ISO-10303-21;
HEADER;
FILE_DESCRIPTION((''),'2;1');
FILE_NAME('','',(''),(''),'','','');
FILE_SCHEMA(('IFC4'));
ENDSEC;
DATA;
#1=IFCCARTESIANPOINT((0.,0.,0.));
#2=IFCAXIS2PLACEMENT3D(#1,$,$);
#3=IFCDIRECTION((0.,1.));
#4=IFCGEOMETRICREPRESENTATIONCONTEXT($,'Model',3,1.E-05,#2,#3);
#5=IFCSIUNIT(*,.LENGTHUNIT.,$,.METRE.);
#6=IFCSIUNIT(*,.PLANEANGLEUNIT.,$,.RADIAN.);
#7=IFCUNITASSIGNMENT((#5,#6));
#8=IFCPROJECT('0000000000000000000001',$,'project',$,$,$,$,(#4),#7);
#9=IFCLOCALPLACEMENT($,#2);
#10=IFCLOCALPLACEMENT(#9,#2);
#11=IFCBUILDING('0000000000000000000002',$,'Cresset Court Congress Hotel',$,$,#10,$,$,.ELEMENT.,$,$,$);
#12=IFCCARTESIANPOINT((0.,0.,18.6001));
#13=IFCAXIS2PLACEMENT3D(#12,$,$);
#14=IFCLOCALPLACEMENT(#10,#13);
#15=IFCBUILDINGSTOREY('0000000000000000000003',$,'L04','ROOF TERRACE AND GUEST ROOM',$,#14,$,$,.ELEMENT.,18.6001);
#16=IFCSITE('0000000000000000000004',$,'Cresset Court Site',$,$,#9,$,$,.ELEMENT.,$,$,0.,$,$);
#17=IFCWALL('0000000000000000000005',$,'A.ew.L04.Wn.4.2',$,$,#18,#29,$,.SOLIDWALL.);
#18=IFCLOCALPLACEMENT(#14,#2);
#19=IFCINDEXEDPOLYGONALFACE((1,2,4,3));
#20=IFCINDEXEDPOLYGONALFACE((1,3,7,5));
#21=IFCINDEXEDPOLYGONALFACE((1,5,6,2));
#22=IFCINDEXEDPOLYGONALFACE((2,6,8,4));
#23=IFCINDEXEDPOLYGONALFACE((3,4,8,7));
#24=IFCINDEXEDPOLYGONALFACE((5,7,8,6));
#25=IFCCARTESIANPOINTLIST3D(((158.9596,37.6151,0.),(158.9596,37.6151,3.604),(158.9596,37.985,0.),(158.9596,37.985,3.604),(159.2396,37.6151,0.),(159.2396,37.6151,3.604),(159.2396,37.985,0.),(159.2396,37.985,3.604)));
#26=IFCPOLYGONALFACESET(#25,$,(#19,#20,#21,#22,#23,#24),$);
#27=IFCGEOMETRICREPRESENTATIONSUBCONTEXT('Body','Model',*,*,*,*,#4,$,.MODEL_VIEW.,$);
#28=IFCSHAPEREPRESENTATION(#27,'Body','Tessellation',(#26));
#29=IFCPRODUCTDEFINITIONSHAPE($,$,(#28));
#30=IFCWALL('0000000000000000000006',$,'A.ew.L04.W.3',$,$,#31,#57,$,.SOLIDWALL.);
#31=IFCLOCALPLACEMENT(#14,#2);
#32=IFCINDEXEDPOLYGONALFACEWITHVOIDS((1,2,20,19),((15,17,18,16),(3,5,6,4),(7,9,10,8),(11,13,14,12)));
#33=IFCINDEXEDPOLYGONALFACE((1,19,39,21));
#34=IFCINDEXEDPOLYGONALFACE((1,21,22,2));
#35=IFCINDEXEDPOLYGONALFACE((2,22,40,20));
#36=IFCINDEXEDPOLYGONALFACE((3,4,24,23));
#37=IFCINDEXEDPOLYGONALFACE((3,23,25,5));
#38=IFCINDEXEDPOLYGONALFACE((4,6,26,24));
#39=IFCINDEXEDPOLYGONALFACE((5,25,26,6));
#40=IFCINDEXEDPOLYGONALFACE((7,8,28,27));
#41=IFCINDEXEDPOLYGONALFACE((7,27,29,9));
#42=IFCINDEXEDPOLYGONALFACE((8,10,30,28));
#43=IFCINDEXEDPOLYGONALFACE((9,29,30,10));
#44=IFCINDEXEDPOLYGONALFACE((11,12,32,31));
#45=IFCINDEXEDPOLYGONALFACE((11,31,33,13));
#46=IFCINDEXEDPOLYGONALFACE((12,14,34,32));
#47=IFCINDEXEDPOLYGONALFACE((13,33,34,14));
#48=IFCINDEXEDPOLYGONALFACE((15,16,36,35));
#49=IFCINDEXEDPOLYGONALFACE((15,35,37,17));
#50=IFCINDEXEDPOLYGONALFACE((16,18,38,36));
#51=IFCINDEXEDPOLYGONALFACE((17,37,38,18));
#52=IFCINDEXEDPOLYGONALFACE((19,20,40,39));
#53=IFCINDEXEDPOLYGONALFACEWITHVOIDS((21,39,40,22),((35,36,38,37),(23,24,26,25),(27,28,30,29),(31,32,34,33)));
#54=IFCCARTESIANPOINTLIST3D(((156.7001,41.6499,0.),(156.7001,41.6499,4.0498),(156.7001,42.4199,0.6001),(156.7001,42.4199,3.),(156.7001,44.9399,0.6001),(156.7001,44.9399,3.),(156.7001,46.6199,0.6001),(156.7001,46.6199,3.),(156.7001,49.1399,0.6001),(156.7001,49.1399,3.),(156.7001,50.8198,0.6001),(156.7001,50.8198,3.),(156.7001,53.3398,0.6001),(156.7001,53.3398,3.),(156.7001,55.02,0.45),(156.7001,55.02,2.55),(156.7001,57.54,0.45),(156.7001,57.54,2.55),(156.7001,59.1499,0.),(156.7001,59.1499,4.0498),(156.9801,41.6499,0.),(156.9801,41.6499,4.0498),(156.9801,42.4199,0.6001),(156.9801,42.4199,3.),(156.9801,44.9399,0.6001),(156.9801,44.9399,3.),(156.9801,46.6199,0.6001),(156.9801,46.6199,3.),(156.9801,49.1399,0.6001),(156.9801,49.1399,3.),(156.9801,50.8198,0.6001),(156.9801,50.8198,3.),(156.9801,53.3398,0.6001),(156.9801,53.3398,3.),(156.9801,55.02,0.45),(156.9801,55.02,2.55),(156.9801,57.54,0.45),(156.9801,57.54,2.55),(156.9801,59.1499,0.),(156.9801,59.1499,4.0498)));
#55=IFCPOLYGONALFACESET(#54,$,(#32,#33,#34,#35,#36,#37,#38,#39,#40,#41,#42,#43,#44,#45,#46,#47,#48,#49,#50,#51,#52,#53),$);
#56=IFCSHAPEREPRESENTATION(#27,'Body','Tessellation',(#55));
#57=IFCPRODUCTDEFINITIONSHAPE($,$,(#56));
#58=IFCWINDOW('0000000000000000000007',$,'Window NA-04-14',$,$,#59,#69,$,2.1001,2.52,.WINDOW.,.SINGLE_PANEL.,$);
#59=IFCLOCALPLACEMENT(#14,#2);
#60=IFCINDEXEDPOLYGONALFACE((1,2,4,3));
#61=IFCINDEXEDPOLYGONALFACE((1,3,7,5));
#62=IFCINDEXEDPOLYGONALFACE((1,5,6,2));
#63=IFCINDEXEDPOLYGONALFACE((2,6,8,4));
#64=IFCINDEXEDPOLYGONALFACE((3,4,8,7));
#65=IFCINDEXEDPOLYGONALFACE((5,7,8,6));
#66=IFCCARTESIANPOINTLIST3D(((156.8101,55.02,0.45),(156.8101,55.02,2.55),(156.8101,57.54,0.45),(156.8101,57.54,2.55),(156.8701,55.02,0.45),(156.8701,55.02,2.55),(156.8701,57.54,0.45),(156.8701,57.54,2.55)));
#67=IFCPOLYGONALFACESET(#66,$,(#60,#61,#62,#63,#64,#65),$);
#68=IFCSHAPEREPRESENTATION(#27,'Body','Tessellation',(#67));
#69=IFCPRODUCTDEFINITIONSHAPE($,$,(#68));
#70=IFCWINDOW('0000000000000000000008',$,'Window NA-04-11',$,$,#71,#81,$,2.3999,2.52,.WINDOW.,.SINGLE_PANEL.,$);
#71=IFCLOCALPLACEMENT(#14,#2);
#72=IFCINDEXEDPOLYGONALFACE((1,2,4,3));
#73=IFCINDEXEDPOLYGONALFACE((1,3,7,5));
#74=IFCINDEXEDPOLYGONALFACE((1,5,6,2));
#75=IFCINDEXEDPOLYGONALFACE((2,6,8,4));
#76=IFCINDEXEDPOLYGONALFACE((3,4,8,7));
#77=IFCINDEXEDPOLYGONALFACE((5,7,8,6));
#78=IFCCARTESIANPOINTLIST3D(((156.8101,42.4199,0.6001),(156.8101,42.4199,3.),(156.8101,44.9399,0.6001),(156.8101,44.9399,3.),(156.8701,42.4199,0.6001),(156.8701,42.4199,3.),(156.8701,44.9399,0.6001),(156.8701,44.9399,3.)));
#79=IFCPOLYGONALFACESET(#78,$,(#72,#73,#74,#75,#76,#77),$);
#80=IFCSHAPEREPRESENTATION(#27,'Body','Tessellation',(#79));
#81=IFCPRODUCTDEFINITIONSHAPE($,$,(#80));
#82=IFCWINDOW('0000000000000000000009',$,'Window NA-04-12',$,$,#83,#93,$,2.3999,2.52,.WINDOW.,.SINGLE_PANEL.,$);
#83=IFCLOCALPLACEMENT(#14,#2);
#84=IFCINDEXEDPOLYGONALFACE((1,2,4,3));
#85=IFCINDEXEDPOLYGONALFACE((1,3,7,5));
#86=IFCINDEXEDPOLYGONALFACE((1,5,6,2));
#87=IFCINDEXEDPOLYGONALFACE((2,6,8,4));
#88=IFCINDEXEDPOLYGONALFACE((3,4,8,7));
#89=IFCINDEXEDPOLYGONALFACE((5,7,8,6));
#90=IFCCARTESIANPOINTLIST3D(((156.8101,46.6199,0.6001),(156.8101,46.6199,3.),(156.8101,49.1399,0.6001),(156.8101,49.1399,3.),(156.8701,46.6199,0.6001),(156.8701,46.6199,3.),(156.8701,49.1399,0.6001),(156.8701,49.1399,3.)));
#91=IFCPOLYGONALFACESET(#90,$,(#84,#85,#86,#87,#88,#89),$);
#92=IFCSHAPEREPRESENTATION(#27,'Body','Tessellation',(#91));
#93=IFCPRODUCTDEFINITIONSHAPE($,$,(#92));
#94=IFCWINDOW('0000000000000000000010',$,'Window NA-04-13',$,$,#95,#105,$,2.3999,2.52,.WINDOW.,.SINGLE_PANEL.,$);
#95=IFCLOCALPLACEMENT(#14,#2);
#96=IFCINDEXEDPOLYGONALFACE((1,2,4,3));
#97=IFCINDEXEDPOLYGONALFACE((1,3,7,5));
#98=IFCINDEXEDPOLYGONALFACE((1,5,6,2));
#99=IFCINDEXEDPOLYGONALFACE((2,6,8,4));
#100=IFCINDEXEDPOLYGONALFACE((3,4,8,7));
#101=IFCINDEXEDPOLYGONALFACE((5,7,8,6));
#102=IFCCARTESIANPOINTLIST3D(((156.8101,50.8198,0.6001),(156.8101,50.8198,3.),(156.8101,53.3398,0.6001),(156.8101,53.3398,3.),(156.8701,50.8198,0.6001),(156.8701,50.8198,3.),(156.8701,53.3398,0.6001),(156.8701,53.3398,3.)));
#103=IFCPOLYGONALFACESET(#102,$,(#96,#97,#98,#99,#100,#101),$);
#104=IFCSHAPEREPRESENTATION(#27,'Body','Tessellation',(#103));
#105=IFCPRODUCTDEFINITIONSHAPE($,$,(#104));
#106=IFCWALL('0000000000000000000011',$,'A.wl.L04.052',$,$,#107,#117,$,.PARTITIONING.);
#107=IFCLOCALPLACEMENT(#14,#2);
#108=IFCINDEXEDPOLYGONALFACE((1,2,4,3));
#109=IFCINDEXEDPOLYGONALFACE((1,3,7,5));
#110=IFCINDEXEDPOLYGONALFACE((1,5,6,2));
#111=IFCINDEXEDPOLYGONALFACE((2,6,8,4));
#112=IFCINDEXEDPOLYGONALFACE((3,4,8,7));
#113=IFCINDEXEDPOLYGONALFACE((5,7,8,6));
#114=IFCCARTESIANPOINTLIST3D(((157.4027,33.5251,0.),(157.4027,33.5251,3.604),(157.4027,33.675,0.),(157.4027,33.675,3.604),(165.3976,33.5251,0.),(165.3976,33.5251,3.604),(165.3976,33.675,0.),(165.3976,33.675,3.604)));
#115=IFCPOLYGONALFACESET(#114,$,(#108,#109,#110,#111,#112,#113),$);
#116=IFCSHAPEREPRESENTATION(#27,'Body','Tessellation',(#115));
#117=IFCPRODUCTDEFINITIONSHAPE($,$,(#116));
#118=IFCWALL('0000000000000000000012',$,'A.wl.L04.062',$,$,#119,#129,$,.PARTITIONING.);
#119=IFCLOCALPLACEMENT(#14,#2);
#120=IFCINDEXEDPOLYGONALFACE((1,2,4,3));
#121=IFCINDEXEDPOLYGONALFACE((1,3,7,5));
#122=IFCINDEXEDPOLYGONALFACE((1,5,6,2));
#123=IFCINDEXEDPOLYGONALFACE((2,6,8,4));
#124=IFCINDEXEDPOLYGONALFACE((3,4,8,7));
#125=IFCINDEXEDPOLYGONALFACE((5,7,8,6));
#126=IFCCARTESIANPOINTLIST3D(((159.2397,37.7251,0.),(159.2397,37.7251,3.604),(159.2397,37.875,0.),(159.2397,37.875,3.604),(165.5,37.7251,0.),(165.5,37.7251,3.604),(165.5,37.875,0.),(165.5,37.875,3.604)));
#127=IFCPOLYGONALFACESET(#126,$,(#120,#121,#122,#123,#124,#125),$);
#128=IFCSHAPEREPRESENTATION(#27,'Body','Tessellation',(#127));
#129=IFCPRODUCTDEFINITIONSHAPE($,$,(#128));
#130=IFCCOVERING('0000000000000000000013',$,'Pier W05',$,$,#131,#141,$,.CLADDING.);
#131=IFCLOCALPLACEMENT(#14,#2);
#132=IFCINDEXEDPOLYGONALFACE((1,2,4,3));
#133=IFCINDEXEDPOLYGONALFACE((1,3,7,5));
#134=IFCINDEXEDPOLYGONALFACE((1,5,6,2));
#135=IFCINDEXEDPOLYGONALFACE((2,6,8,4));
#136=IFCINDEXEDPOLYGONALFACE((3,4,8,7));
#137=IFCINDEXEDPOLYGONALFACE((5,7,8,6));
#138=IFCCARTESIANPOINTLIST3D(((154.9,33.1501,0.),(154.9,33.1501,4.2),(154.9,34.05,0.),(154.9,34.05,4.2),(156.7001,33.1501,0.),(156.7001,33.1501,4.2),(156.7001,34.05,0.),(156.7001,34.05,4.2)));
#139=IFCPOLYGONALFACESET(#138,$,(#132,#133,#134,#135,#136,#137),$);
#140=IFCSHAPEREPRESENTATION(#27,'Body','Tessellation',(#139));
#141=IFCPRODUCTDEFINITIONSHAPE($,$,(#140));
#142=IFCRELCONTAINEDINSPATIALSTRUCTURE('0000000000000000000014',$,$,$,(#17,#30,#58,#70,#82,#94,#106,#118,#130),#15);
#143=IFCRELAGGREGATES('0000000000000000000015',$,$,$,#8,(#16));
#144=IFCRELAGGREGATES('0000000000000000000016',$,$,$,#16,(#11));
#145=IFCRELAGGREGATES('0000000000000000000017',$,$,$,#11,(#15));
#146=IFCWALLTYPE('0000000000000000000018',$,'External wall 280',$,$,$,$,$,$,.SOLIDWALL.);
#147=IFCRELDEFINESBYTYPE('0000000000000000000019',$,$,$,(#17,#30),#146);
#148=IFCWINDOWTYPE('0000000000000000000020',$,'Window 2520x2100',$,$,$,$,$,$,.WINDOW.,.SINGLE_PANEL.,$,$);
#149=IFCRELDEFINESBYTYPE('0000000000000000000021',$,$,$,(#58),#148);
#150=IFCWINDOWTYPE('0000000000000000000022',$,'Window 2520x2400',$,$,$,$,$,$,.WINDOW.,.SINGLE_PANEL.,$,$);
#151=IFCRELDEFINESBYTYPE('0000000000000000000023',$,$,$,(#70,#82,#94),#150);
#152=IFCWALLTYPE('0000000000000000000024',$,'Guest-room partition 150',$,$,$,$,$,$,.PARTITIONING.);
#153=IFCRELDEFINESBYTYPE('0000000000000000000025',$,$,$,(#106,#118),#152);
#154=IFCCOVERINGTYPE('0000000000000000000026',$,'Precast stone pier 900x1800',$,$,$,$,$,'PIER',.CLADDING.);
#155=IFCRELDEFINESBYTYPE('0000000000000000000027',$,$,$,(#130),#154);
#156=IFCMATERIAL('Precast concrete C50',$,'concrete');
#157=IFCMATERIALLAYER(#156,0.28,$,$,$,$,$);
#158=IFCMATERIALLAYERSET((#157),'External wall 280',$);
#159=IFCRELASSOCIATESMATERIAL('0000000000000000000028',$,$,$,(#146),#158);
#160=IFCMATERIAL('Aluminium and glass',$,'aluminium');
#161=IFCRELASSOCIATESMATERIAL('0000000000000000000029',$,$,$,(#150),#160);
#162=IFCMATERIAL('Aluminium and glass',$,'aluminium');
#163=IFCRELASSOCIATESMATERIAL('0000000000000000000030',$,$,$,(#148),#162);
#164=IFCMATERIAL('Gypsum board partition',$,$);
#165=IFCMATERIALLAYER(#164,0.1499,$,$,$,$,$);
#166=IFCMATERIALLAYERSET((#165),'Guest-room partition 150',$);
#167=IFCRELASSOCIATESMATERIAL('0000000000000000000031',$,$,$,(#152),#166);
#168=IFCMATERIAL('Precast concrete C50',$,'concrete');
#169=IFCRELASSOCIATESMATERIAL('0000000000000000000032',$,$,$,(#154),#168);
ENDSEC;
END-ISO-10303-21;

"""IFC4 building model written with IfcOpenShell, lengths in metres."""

from ifc_helpers import new_model, si_unit, direction, frame, frame_2d, origin, origin_2d, place, context, subcontext, project, spatial, rectangle, extrude, material, layer, layer_set, type_object, element, fill, save


model = new_model("IFC4")

# Units and contexts
model_context = context("Model", 3, precision=1e-05, world=origin(), true_north=direction((0.0, 1.0)))
body_context = subcontext(model_context, "Body", "Model", "MODEL_VIEW")
ifc_project = project(units=[si_unit("LENGTHUNIT", "METRE"), si_unit("PLANEANGLEUNIT", "RADIAN")], contexts=[model_context])

# Site, building, storey
site_placement = place(None, origin())
site = spatial("IfcSite", under=ifc_project, at=site_placement, Name="Cresset Court Site", CompositionType="ELEMENT", RefElevation=0.0)
building_placement = place(site_placement, origin())
building = spatial("IfcBuilding", under=site, at=building_placement, Name="Cresset Court Congress Hotel", CompositionType="ELEMENT")
storey_placement = place(building_placement, frame((0.0, 0.0, 18.6001)))
storey = spatial("IfcBuildingStorey", under=building, at=storey_placement, Name="L04", Description="ROOF TERRACE AND GUEST ROOM", CompositionType="ELEMENT", Elevation=18.6001)

# Shared definitions
ifc_material_1 = material(Name="Precast concrete C50", Category="concrete")
ifc_layer_1 = layer(ifc_material_1, 0.28)
ifc_layer_set_1 = layer_set([ifc_layer_1], Name="External wall 280")
wall_type_1 = type_object("IfcWallType", Name="External wall 280", PredefinedType="SOLIDWALL", material=ifc_layer_set_1)
ifc_material_2 = material(Name="Aluminium and glass", Category="aluminium")
window_type_1 = type_object("IfcWindowType", Name="Window 2520x2400", PartitioningType="SINGLE_PANEL", PredefinedType="WINDOW", material=ifc_material_2)

# Wall
wall_1_placement = place(storey_placement, frame((159.0996, 37.615, 0.0), z_axis=(0.0, 0.0, 1.0), x_axis=(0.0, 1.0, 0.0)))
element("IfcWall", 1, at=wall_1_placement, inside=storey, type_object=wall_type_1, Name="A.ew.L04.Wn.4.2", PredefinedType="SOLIDWALL", context=body_context, shape_type="SweptSolid", body=[
    extrude(rectangle(XDim=0.3699, YDim=0.28, at=frame_2d((0.1851, 0.0))), origin(), (0.0, 0.0, 1.0), 3.604),
])

# Wall, openings, windows
wall_2_placement = place(storey_placement, frame((156.8401, 41.6499, 0.0), z_axis=(0.0, 0.0, 1.0), x_axis=(0.0, 1.0, 0.0)))
wall_2 = element("IfcWall", 2, at=wall_2_placement, inside=storey, type_object=wall_type_1, Name="A.ew.L04.W.3", PredefinedType="SOLIDWALL", context=body_context, shape_type="SweptSolid", body=[
    extrude(rectangle(XDim=17.5, YDim=0.28, at=frame_2d((8.75, 0.0))), origin(), (0.0, 0.0, 1.0), 4.0498),
])
opening_1_placement = place(wall_2_placement, frame((0.77, 0.0, 0.6001)))
opening_1 = element("IfcOpeningElement", 3, at=opening_1_placement, cuts=wall_2, PredefinedType="OPENING", context=body_context, shape_type="SweptSolid", body=[
    extrude(rectangle(XDim=2.52, YDim=2.3999, at=frame_2d((1.26, 1.2))), frame((0.0, 0.1499, 0.0), z_axis=(0.0, -1.0, 0.0), x_axis=(1.0, 0.0, 0.0)), (0.0, 0.0, 1.0), 0.3),
])
opening_2_placement = place(wall_2_placement, frame((4.97, 0.0, 0.6001)))
opening_2 = element("IfcOpeningElement", 4, at=opening_2_placement, cuts=wall_2, PredefinedType="OPENING", context=body_context, shape_type="SweptSolid", body=[
    extrude(rectangle(XDim=2.52, YDim=2.3999, at=frame_2d((1.26, 1.2))), frame((0.0, 0.1499, 0.0), z_axis=(0.0, -1.0, 0.0), x_axis=(1.0, 0.0, 0.0)), (0.0, 0.0, 1.0), 0.3),
])
opening_3_placement = place(wall_2_placement, frame((9.1699, 0.0, 0.6001)))
opening_3 = element("IfcOpeningElement", 5, at=opening_3_placement, cuts=wall_2, PredefinedType="OPENING", context=body_context, shape_type="SweptSolid", body=[
    extrude(rectangle(XDim=2.52, YDim=2.3999, at=frame_2d((1.26, 1.2))), frame((0.0, 0.1499, 0.0), z_axis=(0.0, -1.0, 0.0), x_axis=(1.0, 0.0, 0.0)), (0.0, 0.0, 1.0), 0.3),
])
opening_4_placement = place(wall_2_placement, frame((13.3701, 0.0, 0.45)))
opening_4 = element("IfcOpeningElement", 6, at=opening_4_placement, cuts=wall_2, PredefinedType="OPENING", context=body_context, shape_type="SweptSolid", body=[
    extrude(rectangle(XDim=2.52, YDim=2.1001, at=frame_2d((1.26, 1.05))), frame((0.0, 0.1499, 0.0), z_axis=(0.0, -1.0, 0.0), x_axis=(1.0, 0.0, 0.0)), (0.0, 0.0, 1.0), 0.3),
])
ifc_material_3 = material(Name="Aluminium and glass", Category="aluminium")
window_type_2 = type_object("IfcWindowType", Name="Window 2520x2100", PartitioningType="SINGLE_PANEL", PredefinedType="WINDOW", material=ifc_material_3)
window_1_placement = place(opening_4_placement, origin())
window_1 = element("IfcWindow", 7, at=window_1_placement, inside=storey, type_object=window_type_2, Name="Window NA-04-14", OverallHeight=2.1001, OverallWidth=2.52, PartitioningType="SINGLE_PANEL", PredefinedType="WINDOW", context=body_context, shape_type="SweptSolid", body=[
    extrude(rectangle(XDim=2.52, YDim=2.1001, at=frame_2d((1.26, 1.05))), frame((0.0, 0.03, 0.0), z_axis=(0.0, -1.0, 0.0), x_axis=(1.0, 0.0, 0.0)), (0.0, 0.0, 1.0), 0.0601),
])
fill(opening_4, window_1)
window_2_placement = place(opening_1_placement, origin())
window_2 = element("IfcWindow", 8, at=window_2_placement, inside=storey, type_object=window_type_1, Name="Window NA-04-11", OverallHeight=2.3999, OverallWidth=2.52, PartitioningType="SINGLE_PANEL", PredefinedType="WINDOW", context=body_context, shape_type="SweptSolid", body=[
    extrude(rectangle(XDim=2.52, YDim=2.3999, at=frame_2d((1.26, 1.2))), frame((0.0, 0.03, 0.0), z_axis=(0.0, -1.0, 0.0), x_axis=(1.0, 0.0, 0.0)), (0.0, 0.0, 1.0), 0.0601),
])
fill(opening_1, window_2)
window_3_placement = place(opening_2_placement, origin())
window_3 = element("IfcWindow", 9, at=window_3_placement, inside=storey, type_object=window_type_1, Name="Window NA-04-12", OverallHeight=2.3999, OverallWidth=2.52, PartitioningType="SINGLE_PANEL", PredefinedType="WINDOW", context=body_context, shape_type="SweptSolid", body=[
    extrude(rectangle(XDim=2.52, YDim=2.3999, at=frame_2d((1.26, 1.2))), frame((0.0, 0.03, 0.0), z_axis=(0.0, -1.0, 0.0), x_axis=(1.0, 0.0, 0.0)), (0.0, 0.0, 1.0), 0.0601),
])
fill(opening_2, window_3)
window_4_placement = place(opening_3_placement, origin())
window_4 = element("IfcWindow", 10, at=window_4_placement, inside=storey, type_object=window_type_1, Name="Window NA-04-13", OverallHeight=2.3999, OverallWidth=2.52, PartitioningType="SINGLE_PANEL", PredefinedType="WINDOW", context=body_context, shape_type="SweptSolid", body=[
    extrude(rectangle(XDim=2.52, YDim=2.3999, at=frame_2d((1.26, 1.2))), frame((0.0, 0.03, 0.0), z_axis=(0.0, -1.0, 0.0), x_axis=(1.0, 0.0, 0.0)), (0.0, 0.0, 1.0), 0.0601),
])
fill(opening_3, window_4)

# Walls
ifc_material_4 = material(Name="Gypsum board partition")
ifc_layer_2 = layer(ifc_material_4, 0.1499)
ifc_layer_set_2 = layer_set([ifc_layer_2], Name="Guest-room partition 150")
wall_type_2 = type_object("IfcWallType", Name="Guest-room partition 150", PredefinedType="PARTITIONING", material=ifc_layer_set_2)
wall_3_placement = place(storey_placement, frame((157.4026, 33.6001, 0.0), z_axis=(0.0, 0.0, 1.0), x_axis=(1.0, 0.0, 0.0)))
element("IfcWall", 11, at=wall_3_placement, inside=storey, type_object=wall_type_2, Name="A.wl.L04.052", PredefinedType="PARTITIONING", context=body_context, shape_type="SweptSolid", body=[
    extrude(rectangle(XDim=7.9949, YDim=0.1499, at=frame_2d((3.9976, 0.0))), origin(), (0.0, 0.0, 1.0), 3.604),
])
wall_4_placement = place(storey_placement, frame((159.2397, 37.8, 0.0), z_axis=(0.0, 0.0, 1.0), x_axis=(1.0, 0.0, 0.0)))
element("IfcWall", 12, at=wall_4_placement, inside=storey, type_object=wall_type_2, Name="A.wl.L04.062", PredefinedType="PARTITIONING", context=body_context, shape_type="SweptSolid", body=[
    extrude(rectangle(XDim=6.2603, YDim=0.1499, at=frame_2d((3.1301, 0.0))), origin(), (0.0, 0.0, 1.0), 3.604),
])

# Covering
ifc_material_5 = material(Name="Precast concrete C50", Category="concrete")
covering_type = type_object("IfcCoveringType", Name="Precast stone pier 900x1800", ElementType="PIER", PredefinedType="CLADDING", material=ifc_material_5)
covering_placement = place(storey_placement, frame((155.8, 33.6001, 0.0), z_axis=(0.0, 0.0, 1.0), x_axis=(1.0, 0.0, 0.0)))
element("IfcCovering", 13, at=covering_placement, inside=storey, type_object=covering_type, Name="Pier W05", PredefinedType="CLADDING", context=body_context, shape_type="SweptSolid", body=[
    extrude(rectangle(XDim=1.8, YDim=0.8999, at=origin_2d()), origin(), (0.0, 0.0, 1.0), 4.2),
])

save(model, "model.ifc")
